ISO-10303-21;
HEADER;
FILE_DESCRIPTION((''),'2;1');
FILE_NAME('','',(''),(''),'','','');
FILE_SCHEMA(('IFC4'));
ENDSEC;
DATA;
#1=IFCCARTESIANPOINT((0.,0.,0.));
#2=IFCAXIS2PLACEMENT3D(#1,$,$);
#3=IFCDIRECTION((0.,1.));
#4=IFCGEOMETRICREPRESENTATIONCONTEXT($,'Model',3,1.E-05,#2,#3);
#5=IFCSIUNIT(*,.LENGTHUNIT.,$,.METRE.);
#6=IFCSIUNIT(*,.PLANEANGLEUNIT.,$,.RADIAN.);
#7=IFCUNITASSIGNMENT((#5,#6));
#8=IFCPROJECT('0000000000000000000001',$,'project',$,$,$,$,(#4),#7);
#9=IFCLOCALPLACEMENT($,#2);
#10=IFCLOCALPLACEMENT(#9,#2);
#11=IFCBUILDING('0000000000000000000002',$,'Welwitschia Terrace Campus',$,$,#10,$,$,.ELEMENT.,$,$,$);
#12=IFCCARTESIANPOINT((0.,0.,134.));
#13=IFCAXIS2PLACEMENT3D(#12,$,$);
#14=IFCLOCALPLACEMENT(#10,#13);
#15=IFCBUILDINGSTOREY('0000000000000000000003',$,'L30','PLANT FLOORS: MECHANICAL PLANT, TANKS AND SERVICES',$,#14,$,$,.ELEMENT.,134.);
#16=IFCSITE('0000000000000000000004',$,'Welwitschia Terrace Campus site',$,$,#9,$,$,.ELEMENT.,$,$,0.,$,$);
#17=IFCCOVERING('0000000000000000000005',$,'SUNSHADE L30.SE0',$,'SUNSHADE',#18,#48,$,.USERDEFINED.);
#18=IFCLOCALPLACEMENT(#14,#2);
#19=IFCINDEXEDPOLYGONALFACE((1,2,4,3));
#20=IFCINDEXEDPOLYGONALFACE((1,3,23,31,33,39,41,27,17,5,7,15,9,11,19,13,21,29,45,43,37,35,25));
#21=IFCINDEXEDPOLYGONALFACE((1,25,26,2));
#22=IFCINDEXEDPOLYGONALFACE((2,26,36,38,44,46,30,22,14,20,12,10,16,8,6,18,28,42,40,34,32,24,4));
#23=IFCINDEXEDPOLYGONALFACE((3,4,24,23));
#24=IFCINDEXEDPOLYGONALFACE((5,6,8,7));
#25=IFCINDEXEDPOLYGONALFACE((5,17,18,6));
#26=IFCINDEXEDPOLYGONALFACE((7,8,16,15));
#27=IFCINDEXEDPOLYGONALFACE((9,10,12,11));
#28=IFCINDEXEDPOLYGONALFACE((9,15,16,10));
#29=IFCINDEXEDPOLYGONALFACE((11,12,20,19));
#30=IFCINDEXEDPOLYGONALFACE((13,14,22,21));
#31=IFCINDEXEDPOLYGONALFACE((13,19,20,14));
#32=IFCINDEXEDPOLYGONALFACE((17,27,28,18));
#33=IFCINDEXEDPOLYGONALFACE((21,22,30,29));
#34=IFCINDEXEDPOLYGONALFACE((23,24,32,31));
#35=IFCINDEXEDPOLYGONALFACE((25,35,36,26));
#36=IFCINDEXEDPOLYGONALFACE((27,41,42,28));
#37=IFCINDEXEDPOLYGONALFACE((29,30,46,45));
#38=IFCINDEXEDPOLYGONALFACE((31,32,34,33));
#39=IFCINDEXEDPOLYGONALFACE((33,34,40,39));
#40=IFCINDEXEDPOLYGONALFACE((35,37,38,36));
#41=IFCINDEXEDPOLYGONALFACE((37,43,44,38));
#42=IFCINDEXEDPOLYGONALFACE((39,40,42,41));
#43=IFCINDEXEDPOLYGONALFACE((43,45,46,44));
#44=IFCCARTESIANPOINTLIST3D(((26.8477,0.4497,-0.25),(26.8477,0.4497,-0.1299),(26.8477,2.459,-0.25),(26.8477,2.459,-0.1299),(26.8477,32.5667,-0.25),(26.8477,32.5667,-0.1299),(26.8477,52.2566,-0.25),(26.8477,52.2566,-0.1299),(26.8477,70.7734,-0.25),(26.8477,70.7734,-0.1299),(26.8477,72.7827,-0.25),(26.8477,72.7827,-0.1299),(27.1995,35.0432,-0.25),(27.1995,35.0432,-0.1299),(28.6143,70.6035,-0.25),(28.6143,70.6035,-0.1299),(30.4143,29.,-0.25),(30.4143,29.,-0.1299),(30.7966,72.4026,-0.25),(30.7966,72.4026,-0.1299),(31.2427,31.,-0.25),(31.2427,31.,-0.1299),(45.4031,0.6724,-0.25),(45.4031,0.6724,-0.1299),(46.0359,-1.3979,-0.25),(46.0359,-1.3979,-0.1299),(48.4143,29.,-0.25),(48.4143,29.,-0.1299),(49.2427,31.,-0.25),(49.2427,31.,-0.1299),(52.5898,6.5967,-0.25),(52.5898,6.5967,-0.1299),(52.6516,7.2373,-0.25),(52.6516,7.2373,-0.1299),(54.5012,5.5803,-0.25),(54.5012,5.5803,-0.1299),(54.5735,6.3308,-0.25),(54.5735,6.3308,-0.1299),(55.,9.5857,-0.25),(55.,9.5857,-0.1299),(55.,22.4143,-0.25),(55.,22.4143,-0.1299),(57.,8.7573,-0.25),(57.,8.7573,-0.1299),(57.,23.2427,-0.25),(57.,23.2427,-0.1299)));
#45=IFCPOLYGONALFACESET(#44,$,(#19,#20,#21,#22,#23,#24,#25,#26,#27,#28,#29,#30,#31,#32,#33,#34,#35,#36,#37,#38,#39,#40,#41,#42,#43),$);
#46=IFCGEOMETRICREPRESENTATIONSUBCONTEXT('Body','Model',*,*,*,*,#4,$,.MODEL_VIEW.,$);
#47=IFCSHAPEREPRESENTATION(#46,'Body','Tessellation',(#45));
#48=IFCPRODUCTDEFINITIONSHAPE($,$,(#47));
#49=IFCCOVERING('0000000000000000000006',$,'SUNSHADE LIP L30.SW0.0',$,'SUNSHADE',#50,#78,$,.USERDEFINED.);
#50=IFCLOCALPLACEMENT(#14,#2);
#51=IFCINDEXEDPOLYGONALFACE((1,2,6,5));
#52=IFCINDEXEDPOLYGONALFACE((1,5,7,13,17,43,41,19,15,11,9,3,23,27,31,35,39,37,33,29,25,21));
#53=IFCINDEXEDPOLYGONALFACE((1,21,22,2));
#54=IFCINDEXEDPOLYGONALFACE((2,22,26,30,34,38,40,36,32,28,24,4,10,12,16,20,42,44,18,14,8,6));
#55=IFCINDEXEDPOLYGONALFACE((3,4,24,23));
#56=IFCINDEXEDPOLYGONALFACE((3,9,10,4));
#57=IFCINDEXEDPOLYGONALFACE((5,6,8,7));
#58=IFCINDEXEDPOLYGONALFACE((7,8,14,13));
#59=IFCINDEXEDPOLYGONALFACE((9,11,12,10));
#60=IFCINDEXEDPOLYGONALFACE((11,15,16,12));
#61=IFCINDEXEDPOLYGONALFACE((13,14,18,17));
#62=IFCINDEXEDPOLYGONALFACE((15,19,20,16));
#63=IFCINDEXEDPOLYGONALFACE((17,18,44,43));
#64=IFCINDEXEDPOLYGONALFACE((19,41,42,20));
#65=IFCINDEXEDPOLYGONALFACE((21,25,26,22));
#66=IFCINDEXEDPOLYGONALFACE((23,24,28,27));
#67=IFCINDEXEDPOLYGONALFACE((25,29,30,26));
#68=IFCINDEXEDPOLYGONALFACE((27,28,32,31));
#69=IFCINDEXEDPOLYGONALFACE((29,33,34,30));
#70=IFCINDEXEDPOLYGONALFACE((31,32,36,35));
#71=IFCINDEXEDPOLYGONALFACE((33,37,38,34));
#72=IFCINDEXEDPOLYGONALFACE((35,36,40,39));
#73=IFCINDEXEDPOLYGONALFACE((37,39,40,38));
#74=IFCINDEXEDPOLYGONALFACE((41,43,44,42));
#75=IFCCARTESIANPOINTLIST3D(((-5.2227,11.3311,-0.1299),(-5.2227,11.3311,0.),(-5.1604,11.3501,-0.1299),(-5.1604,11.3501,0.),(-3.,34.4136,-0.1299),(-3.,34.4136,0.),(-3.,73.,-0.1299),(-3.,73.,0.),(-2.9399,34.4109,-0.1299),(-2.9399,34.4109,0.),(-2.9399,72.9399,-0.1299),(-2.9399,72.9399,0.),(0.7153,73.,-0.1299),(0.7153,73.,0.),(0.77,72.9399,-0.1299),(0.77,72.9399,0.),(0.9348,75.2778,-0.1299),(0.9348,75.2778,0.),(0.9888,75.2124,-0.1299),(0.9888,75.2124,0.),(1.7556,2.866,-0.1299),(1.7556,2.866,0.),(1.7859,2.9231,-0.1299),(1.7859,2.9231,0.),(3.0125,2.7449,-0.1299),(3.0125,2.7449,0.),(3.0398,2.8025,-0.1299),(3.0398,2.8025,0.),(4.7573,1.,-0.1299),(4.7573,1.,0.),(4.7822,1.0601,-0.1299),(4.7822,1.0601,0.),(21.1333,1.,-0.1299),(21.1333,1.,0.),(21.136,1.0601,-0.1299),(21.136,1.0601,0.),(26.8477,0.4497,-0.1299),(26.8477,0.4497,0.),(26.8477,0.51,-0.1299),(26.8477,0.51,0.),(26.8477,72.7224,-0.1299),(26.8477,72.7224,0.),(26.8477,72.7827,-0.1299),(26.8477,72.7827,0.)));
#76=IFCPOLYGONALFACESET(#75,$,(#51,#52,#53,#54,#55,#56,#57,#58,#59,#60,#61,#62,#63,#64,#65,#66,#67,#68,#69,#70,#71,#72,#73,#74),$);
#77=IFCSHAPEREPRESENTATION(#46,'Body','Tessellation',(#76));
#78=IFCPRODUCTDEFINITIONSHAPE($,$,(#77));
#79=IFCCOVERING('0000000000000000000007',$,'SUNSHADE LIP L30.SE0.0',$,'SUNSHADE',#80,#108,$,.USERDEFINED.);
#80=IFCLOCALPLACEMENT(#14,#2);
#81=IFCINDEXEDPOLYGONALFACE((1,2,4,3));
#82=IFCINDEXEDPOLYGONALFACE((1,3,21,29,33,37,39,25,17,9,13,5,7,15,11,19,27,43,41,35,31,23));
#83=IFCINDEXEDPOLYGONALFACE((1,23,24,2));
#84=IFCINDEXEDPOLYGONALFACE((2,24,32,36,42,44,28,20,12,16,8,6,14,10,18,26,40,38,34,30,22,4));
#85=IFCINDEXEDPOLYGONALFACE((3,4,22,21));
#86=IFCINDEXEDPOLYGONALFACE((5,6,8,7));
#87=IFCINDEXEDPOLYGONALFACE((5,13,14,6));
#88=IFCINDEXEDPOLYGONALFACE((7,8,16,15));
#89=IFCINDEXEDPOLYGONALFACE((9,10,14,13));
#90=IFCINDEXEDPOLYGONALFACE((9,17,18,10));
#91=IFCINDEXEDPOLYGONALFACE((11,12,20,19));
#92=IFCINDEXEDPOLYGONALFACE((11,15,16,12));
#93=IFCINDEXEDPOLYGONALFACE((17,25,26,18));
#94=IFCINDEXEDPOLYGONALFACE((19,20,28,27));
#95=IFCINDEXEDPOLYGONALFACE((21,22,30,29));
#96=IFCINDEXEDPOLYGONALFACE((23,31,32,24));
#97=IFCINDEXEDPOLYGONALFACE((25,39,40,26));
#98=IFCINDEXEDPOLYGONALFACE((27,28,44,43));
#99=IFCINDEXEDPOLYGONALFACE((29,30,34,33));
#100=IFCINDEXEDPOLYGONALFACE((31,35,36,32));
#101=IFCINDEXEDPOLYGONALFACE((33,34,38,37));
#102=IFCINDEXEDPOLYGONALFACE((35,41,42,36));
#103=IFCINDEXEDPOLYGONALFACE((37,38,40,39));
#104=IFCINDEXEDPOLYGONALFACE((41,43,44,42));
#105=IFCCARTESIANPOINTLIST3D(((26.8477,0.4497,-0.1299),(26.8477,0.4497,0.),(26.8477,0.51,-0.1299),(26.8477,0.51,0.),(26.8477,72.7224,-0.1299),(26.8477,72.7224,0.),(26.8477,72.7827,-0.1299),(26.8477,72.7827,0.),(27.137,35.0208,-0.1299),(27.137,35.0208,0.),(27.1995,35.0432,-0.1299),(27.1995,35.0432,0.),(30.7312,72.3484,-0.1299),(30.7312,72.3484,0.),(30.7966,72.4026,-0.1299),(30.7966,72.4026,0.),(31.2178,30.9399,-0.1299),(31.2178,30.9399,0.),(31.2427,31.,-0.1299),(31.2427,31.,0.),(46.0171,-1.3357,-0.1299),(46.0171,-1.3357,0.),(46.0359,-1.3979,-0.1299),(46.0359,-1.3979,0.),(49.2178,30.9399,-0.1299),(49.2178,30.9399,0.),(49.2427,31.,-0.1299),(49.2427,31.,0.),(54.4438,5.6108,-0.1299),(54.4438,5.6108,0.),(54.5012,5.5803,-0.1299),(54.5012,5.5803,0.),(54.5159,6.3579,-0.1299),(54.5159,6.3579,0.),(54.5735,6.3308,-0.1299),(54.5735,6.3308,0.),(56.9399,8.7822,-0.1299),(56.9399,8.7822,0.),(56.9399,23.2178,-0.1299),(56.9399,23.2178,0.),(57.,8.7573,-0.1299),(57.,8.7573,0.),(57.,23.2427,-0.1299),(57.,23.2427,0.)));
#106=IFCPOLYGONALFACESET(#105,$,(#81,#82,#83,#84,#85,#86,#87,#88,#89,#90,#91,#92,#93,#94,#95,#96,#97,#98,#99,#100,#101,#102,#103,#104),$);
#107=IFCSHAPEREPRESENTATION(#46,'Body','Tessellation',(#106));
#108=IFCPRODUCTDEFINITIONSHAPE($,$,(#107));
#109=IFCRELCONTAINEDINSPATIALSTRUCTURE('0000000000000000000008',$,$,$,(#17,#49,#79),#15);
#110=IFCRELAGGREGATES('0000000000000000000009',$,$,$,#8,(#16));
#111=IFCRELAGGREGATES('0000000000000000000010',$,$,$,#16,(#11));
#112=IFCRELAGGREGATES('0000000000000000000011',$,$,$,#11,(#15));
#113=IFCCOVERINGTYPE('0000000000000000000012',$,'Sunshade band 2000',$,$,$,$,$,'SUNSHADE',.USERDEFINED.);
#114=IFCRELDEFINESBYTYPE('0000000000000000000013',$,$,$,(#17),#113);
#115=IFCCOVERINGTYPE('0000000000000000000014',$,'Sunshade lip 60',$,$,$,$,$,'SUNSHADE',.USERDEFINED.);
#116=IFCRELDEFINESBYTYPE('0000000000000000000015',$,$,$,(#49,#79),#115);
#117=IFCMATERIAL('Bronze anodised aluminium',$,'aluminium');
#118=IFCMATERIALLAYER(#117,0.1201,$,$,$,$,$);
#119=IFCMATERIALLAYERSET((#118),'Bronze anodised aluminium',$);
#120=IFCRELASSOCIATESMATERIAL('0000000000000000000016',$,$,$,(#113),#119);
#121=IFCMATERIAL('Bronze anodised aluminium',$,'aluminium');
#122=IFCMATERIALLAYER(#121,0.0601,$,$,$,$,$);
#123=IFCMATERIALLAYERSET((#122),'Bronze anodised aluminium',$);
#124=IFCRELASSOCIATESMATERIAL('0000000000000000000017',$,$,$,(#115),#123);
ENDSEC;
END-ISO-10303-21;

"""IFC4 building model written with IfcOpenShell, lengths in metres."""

from ifc_helpers import new_model, si_unit, direction, frame, origin, place, context, subcontext, project, spatial, polyline, outline, extrude, material, layer, layer_set, type_object, element, save


model = new_model("IFC4")

# Units and contexts
model_context = context("Model", 3, precision=1e-05, world=origin(), true_north=direction((0.0, 1.0)))
body_context = subcontext(model_context, "Body", "Model", "MODEL_VIEW")
ifc_project = project(units=[si_unit("LENGTHUNIT", "METRE"), si_unit("PLANEANGLEUNIT", "RADIAN")], contexts=[model_context])

# Site, building, storey
site_placement = place(None, origin())
site = spatial("IfcSite", under=ifc_project, at=site_placement, Name="Welwitschia Terrace Campus site", CompositionType="ELEMENT", RefElevation=0.0)
building_placement = place(site_placement, origin())
building = spatial("IfcBuilding", under=site, at=building_placement, Name="Welwitschia Terrace Campus", CompositionType="ELEMENT")
storey_placement = place(building_placement, frame((0.0, 0.0, 134.0)))
storey = spatial("IfcBuildingStorey", under=building, at=storey_placement, Name="L30", Description="PLANT FLOORS: MECHANICAL PLANT, TANKS AND SERVICES", CompositionType="ELEMENT", Elevation=134.0)

# Coverings
ifc_material_1 = material(Name="Bronze anodised aluminium", Category="aluminium")
ifc_layer_1 = layer(ifc_material_1, 0.1201)
ifc_layer_set_1 = layer_set([ifc_layer_1], Name="Bronze anodised aluminium")
covering_type_1 = type_object("IfcCoveringType", Name="Sunshade band 2000", ElementType="SUNSHADE", PredefinedType="USERDEFINED", material=ifc_layer_set_1)
covering_1_placement = place(storey_placement, frame((0.0, 0.0, -0.25)))
element("IfcCovering", 1, at=covering_1_placement, inside=storey, type_object=covering_type_1, Name="SUNSHADE L30.SE0", ObjectType="SUNSHADE", PredefinedType="USERDEFINED", context=body_context, shape_type="SweptSolid", body=[
    extrude(outline(polyline([(30.7966, 72.4026), (27.1995, 35.0432), (31.2427, 31.0), (49.2427, 31.0), (57.0, 23.2427), (57.0, 8.7573), (54.5735, 6.3308), (54.5012, 5.5803), (46.0359, -1.3979), (26.8477, 0.4497), (26.8477, 2.459), (45.4031, 0.6724), (52.5898, 6.5967), (52.6516, 7.2373), (55.0, 9.5857), (55.0, 22.4143), (48.4143, 29.0), (30.4143, 29.0), (26.8477, 32.5667), (26.8477, 52.2566), (28.6143, 70.6035), (26.8477, 70.7734), (26.8477, 72.7827), (30.7966, 72.4026)])), origin(), (0.0, 0.0, 1.0), 0.1201),
])
ifc_material_2 = material(Name="Bronze anodised aluminium", Category="aluminium")
ifc_layer_2 = layer(ifc_material_2, 0.0601)
ifc_layer_set_2 = layer_set([ifc_layer_2], Name="Bronze anodised aluminium")
covering_type_2 = type_object("IfcCoveringType", Name="Sunshade lip 60", ElementType="SUNSHADE", PredefinedType="USERDEFINED", material=ifc_layer_set_2)
covering_2_placement = place(storey_placement, frame((0.0, 0.0, -0.1299)))
element("IfcCovering", 2, at=covering_2_placement, inside=storey, type_object=covering_type_2, Name="SUNSHADE LIP L30.SW0.0", ObjectType="SUNSHADE", PredefinedType="USERDEFINED", context=body_context, shape_type="SweptSolid", body=[
    extrude(outline(polyline([(0.9348, 75.2778), (26.8477, 72.7827), (26.8477, 72.7224), (0.9888, 75.2124), (0.77, 72.9399), (-2.9399, 72.9399), (-2.9399, 34.4109), (-5.1604, 11.3501), (1.7859, 2.9231), (3.0398, 2.8025), (4.7822, 1.0601), (21.136, 1.0601), (26.8477, 0.51), (26.8477, 0.4497), (21.1333, 1.0), (4.7573, 1.0), (3.0125, 2.7449), (1.7556, 2.866), (-5.2227, 11.3311), (-3.0, 34.4136), (-3.0, 73.0), (0.7153, 73.0), (0.9348, 75.2778)])), origin(), (0.0, 0.0, 1.0), 0.1299),
])
covering_3_placement = place(storey_placement, frame((0.0, 0.0, -0.1299)))
element("IfcCovering", 3, at=covering_3_placement, inside=storey, type_object=covering_type_2, Name="SUNSHADE LIP L30.SE0.0", ObjectType="SUNSHADE", PredefinedType="USERDEFINED", context=body_context, shape_type="SweptSolid", body=[
    extrude(outline(polyline([(27.1995, 35.0432), (31.2427, 31.0), (49.2427, 31.0), (57.0, 23.2427), (57.0, 8.7573), (54.5735, 6.3308), (54.5012, 5.5803), (46.0359, -1.3979), (26.8477, 0.4497), (26.8477, 0.51), (46.0171, -1.3357), (54.4438, 5.6108), (54.5159, 6.3579), (56.9399, 8.7822), (56.9399, 23.2178), (49.2178, 30.9399), (31.2178, 30.9399), (27.137, 35.0208), (30.7312, 72.3484), (26.8477, 72.7224), (26.8477, 72.7827), (30.7966, 72.4026), (27.1995, 35.0432)])), origin(), (0.0, 0.0, 1.0), 0.1299),
])

save(model, "model.ifc")
